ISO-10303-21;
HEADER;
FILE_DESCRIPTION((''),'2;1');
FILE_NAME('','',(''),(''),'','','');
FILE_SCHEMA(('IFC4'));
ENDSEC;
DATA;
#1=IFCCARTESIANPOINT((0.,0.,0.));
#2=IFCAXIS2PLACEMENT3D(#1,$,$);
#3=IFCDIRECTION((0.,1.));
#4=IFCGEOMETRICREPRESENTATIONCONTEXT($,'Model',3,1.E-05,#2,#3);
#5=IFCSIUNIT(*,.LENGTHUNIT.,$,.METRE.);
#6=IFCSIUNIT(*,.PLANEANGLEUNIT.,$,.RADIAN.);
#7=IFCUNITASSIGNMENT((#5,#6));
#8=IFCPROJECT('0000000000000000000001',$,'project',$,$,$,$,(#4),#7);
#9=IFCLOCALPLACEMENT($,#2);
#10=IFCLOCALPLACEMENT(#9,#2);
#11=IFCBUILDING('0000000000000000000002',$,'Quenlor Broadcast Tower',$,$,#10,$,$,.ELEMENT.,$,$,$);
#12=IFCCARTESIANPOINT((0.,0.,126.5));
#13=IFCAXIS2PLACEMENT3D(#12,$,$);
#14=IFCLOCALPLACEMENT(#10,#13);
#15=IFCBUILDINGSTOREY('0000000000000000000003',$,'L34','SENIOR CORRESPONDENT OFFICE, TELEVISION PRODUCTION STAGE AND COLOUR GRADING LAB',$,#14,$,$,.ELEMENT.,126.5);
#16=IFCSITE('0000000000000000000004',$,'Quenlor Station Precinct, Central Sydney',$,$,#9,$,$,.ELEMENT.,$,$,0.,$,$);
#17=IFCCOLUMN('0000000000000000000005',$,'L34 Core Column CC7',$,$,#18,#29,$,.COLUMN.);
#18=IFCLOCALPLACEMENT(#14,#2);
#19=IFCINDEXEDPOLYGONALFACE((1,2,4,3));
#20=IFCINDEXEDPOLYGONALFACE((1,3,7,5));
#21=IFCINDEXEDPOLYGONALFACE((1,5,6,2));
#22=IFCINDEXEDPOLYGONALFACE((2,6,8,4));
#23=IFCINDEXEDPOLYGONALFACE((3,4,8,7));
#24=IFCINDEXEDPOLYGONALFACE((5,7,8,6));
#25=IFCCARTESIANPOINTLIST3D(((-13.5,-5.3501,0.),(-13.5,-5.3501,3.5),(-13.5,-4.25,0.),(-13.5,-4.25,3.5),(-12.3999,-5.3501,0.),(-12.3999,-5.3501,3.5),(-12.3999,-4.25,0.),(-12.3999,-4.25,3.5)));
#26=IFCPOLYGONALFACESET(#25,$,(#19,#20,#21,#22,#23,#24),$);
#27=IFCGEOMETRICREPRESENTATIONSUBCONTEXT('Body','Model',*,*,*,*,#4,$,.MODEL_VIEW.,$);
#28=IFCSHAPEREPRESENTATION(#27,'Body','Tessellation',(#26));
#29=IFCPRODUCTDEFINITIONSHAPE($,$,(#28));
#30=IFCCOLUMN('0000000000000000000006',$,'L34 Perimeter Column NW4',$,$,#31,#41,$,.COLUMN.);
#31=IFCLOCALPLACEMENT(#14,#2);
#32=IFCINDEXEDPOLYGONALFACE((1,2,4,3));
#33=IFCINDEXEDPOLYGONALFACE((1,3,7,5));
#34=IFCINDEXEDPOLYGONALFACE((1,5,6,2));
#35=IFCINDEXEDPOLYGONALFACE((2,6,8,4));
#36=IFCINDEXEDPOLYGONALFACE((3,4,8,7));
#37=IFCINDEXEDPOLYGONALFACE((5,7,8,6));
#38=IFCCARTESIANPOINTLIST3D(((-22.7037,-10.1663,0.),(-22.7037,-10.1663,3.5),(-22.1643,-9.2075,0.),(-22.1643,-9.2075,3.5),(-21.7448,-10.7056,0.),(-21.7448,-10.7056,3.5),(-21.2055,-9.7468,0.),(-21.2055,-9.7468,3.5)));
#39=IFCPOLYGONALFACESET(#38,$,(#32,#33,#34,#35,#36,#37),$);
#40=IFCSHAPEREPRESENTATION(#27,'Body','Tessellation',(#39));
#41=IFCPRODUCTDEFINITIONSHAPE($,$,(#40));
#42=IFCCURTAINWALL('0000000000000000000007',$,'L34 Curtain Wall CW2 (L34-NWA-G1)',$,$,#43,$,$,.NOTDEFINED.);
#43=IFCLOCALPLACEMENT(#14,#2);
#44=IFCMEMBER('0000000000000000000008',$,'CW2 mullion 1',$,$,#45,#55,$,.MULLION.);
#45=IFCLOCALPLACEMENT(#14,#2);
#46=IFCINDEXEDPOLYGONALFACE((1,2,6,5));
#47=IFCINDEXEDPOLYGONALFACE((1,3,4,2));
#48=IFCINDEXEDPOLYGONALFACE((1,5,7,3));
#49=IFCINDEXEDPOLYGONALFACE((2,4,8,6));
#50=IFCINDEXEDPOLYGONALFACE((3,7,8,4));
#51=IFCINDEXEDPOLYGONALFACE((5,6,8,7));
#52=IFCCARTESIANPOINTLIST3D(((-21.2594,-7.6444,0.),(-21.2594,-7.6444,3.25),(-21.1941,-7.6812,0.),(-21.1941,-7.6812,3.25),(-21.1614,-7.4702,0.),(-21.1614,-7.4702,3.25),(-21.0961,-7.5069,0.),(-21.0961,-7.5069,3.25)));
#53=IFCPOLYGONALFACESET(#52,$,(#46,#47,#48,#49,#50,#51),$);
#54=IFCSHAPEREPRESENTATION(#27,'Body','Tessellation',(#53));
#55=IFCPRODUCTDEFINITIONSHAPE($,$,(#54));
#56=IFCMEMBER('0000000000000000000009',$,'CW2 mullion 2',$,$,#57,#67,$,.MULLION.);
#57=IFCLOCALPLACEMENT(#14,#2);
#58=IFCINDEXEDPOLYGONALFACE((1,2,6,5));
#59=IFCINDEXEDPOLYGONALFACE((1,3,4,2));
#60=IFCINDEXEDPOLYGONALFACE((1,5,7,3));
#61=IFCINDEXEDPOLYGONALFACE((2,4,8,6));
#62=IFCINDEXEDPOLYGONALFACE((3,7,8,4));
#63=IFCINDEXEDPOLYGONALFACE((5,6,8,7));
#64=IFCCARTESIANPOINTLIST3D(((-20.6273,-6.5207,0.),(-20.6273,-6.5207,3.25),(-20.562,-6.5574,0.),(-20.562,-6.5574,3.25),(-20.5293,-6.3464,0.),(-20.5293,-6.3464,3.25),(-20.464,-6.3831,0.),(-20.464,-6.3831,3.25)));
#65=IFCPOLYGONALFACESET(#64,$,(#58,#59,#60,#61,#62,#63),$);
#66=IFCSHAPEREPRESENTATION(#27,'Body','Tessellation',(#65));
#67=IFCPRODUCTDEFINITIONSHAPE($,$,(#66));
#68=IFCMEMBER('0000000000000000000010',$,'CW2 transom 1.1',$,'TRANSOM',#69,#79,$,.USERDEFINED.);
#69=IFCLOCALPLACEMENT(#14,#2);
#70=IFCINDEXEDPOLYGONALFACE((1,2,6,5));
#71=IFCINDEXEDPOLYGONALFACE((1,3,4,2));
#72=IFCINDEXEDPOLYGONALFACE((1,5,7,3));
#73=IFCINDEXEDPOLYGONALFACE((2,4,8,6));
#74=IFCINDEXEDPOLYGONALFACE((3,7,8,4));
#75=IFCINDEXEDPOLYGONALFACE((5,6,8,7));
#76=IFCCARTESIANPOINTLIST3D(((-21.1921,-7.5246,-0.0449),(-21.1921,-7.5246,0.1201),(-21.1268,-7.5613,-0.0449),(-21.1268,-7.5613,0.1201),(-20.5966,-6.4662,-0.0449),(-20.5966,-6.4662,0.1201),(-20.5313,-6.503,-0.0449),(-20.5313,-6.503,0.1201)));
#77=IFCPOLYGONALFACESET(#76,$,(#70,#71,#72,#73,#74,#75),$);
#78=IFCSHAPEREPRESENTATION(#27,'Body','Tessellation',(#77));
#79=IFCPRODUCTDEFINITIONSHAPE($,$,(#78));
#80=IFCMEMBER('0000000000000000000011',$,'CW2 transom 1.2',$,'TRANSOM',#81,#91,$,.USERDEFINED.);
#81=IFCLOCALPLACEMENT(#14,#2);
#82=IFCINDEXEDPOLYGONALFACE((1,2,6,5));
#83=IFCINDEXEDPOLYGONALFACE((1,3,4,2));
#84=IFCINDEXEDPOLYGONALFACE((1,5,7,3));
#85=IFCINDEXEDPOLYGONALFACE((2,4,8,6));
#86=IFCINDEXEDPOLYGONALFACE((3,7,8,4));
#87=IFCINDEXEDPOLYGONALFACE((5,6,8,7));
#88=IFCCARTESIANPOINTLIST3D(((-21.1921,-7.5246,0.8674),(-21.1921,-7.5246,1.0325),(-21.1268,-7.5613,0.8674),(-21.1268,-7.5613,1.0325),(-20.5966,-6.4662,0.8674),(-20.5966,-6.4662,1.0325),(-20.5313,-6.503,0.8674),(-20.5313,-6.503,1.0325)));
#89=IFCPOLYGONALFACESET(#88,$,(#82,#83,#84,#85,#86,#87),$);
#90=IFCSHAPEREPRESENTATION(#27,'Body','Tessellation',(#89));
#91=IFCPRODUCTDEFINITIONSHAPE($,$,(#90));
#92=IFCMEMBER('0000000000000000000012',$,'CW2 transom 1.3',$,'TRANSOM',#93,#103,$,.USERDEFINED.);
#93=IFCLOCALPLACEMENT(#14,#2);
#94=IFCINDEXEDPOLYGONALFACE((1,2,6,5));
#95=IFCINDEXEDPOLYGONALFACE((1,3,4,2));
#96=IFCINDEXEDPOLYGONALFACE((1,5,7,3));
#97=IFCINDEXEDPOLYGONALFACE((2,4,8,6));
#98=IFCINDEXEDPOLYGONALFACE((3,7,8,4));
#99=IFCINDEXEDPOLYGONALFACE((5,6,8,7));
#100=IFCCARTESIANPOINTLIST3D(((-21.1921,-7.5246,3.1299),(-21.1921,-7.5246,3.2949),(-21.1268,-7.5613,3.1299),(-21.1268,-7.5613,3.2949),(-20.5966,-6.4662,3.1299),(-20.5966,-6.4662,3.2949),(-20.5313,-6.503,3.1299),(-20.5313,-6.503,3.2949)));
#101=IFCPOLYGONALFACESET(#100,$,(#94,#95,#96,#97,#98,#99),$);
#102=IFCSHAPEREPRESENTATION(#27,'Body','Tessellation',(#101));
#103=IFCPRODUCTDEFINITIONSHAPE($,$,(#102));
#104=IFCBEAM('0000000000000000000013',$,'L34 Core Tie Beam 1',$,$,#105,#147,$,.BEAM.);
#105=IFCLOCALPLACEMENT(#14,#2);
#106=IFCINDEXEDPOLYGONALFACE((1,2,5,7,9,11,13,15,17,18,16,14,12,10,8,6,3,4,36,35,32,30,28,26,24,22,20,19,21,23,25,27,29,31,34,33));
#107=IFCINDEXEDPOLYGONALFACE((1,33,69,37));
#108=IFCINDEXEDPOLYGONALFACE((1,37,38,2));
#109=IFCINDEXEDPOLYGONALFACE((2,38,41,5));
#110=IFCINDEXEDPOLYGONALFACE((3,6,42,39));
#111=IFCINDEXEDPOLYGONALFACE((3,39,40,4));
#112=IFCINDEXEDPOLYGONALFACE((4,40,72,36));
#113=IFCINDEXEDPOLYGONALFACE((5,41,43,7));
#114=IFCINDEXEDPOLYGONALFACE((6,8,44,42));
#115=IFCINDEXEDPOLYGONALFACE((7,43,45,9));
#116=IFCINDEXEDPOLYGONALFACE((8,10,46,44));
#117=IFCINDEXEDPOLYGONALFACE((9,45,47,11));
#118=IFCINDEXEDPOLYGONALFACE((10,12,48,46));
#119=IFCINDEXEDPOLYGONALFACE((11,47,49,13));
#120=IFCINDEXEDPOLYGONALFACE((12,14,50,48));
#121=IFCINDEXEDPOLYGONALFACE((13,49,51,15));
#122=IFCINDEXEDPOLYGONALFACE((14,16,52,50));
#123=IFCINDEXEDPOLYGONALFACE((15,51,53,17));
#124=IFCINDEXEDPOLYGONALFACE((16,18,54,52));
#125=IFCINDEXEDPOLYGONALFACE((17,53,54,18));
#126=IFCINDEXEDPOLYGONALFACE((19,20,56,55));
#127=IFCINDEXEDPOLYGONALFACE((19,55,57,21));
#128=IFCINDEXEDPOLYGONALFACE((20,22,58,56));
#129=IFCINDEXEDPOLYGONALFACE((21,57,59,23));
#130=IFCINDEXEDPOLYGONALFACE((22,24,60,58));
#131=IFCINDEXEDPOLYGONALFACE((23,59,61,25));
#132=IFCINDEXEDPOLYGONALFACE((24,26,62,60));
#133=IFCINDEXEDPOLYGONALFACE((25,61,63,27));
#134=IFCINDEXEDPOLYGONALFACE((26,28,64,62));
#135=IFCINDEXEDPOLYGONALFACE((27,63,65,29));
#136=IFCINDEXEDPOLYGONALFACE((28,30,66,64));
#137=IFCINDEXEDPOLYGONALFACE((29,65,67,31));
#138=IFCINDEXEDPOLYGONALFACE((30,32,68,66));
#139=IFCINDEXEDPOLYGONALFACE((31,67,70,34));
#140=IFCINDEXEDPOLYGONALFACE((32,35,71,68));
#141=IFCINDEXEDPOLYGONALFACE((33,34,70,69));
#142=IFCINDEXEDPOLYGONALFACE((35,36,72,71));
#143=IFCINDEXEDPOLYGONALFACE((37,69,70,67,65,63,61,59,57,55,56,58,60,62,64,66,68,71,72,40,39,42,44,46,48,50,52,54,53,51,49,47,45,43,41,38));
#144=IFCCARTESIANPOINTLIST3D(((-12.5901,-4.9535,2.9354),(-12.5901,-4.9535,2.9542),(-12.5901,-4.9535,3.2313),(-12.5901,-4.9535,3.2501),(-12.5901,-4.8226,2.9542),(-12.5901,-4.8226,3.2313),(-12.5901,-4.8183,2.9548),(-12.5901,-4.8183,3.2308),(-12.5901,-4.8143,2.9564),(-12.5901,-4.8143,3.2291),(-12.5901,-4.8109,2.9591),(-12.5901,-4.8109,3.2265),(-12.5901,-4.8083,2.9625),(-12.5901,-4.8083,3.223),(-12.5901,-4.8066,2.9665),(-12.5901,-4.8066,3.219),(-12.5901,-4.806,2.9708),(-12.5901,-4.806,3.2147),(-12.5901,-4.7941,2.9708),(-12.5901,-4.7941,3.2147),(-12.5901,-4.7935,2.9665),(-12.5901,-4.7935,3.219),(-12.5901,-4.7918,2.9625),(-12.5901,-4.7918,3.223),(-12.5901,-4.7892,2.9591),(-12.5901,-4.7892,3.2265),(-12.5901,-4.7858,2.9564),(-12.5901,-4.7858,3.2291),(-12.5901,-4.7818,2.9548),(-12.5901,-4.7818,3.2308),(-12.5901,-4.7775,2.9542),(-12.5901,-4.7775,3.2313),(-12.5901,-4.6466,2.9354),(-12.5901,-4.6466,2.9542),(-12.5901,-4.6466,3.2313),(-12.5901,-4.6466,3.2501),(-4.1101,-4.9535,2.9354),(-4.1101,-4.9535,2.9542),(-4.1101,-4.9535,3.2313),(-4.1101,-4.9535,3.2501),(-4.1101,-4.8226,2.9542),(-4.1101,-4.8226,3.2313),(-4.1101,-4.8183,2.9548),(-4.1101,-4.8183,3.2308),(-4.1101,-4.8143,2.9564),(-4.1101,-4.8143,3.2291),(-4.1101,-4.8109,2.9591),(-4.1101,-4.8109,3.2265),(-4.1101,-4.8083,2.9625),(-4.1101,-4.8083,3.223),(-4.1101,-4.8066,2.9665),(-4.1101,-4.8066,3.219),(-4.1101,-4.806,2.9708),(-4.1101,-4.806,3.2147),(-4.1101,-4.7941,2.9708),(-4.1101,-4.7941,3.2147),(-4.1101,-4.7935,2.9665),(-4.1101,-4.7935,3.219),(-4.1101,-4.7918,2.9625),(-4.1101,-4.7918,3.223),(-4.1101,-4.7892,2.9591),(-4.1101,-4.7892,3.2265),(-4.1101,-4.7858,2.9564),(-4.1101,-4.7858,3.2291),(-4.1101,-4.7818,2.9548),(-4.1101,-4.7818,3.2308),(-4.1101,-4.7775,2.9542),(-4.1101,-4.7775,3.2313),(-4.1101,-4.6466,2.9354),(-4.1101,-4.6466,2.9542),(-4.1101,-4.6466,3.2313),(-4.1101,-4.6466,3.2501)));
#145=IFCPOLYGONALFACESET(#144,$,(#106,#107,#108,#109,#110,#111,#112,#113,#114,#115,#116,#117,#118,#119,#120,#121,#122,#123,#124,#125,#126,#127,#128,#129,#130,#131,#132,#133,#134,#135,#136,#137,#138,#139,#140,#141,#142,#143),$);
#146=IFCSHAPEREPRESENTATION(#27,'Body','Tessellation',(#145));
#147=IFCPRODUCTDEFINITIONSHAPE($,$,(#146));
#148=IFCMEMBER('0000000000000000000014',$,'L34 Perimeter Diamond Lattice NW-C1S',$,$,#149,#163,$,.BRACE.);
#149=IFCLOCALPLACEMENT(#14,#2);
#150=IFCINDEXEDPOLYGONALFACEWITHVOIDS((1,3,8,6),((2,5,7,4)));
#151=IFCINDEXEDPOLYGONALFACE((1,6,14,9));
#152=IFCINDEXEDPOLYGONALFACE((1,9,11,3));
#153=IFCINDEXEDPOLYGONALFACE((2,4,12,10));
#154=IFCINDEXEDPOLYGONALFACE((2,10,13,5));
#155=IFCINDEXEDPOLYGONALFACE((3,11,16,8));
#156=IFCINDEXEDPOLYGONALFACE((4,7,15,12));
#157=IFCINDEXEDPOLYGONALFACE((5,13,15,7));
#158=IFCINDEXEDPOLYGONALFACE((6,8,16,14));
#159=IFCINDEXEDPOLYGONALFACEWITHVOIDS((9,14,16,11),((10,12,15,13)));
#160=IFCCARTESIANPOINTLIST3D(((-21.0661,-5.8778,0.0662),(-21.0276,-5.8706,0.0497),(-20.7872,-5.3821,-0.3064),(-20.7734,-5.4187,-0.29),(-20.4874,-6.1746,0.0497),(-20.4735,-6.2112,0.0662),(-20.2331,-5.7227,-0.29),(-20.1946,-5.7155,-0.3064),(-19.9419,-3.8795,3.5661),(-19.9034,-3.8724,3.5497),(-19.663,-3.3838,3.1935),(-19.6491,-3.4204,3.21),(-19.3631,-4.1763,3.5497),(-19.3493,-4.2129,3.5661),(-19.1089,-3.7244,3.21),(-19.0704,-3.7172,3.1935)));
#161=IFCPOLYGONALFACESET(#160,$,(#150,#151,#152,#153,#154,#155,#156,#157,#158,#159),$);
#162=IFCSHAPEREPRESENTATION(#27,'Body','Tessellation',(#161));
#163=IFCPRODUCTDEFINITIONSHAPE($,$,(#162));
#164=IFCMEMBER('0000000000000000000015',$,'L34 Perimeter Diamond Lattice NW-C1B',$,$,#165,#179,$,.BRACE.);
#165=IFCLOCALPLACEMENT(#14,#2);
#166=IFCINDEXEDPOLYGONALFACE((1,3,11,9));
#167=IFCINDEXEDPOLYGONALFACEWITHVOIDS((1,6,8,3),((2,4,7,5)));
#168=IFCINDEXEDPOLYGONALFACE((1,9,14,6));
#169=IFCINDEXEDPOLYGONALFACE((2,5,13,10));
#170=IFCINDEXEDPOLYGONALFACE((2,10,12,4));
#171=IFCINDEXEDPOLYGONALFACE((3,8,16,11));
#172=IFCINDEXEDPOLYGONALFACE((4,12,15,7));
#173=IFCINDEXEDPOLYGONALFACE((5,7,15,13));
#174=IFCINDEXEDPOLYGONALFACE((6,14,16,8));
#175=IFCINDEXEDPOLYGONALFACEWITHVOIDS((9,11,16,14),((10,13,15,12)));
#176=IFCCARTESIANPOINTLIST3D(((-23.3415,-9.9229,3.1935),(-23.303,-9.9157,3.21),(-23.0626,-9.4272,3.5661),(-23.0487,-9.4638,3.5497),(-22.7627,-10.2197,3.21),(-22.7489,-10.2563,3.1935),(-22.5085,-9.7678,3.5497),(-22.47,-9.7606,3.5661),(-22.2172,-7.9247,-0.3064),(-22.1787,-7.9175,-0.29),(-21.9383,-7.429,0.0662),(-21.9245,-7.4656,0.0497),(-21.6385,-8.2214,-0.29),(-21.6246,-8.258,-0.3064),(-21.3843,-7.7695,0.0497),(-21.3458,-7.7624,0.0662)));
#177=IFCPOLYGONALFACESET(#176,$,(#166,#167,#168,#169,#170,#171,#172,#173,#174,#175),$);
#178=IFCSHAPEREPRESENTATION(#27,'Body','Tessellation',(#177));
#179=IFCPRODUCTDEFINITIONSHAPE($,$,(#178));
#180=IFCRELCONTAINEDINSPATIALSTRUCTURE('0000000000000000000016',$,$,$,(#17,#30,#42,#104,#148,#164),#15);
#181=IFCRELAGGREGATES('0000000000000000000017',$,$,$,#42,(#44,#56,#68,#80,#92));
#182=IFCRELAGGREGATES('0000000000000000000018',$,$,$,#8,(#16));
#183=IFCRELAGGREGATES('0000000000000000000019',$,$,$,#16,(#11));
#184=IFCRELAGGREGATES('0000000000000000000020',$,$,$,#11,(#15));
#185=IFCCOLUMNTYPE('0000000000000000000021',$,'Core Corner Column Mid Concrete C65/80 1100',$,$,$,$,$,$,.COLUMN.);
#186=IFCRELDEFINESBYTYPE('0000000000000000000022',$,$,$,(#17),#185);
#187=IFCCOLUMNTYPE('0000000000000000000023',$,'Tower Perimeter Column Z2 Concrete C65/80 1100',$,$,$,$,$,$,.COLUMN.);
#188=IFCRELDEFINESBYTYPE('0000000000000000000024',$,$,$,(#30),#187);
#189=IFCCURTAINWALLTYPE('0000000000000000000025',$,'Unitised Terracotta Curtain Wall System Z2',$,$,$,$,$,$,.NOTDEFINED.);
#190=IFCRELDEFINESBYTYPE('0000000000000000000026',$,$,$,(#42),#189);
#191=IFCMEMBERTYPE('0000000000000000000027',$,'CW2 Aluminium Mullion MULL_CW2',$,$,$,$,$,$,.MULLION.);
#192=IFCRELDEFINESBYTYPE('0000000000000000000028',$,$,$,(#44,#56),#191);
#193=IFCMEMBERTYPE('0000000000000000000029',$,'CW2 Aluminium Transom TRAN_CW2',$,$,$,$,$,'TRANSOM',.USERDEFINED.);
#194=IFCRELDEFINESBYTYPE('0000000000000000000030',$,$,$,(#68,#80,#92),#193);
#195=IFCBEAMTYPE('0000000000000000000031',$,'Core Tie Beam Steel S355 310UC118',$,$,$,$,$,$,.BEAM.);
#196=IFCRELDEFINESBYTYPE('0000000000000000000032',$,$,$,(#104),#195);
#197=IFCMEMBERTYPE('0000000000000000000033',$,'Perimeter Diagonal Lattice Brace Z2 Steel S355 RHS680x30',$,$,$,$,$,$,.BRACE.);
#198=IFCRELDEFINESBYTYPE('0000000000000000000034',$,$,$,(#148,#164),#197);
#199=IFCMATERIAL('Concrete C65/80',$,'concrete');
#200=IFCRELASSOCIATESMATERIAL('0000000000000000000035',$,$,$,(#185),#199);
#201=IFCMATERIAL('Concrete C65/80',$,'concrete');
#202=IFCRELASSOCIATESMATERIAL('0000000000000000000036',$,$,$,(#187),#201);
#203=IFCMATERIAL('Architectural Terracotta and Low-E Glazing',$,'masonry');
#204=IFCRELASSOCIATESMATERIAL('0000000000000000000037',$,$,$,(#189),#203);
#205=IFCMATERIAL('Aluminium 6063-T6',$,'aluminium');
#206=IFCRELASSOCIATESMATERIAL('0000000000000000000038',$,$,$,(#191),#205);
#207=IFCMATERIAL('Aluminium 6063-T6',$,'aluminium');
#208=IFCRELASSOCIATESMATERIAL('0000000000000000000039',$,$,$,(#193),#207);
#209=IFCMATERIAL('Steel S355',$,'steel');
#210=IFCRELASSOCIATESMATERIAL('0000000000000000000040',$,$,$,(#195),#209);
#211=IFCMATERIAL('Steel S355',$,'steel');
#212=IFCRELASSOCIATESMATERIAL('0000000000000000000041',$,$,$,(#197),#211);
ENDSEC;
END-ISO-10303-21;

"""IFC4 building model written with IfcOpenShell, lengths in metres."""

from ifc_helpers import new_model, si_unit, direction, frame, origin, origin_2d, place, context, subcontext, project, spatial, rectangle, hollow_rectangle, i_section, extrude, material, material_profile, profile_set, type_object, element, aggregate, save


model = new_model("IFC4")

# Units and contexts
model_context = context("Model", 3, precision=1e-05, world=origin(), true_north=direction((0.0, 1.0)))
body_context = subcontext(model_context, "Body", "Model", "MODEL_VIEW")
ifc_project = project(units=[si_unit("LENGTHUNIT", "METRE"), si_unit("PLANEANGLEUNIT", "RADIAN")], contexts=[model_context])

# Site, building, storey
site_placement = place(None, origin())
site = spatial("IfcSite", under=ifc_project, at=site_placement, Name="Quenlor Station Precinct, Central Sydney", CompositionType="ELEMENT", RefElevation=0.0)
building_placement = place(site_placement, origin())
building = spatial("IfcBuilding", under=site, at=building_placement, Name="Quenlor Broadcast Tower", CompositionType="ELEMENT")
storey_placement = place(building_placement, frame((0.0, 0.0, 126.5)))
storey = spatial("IfcBuildingStorey", under=building, at=storey_placement, Name="L34", Description="SENIOR CORRESPONDENT OFFICE, TELEVISION PRODUCTION STAGE AND COLOUR GRADING LAB", CompositionType="ELEMENT", Elevation=126.5)

# Columns
ifc_material_1 = material(Name="Concrete C65/80", Category="concrete")
ifc_material_profile_1 = material_profile(ifc_material_1, rectangle(XDim=1.1001, YDim=1.1001, at=origin_2d()))
ifc_profile_set_1 = profile_set([ifc_material_profile_1], Name="Concrete C65/80 RC1100x1100")
column_type_1 = type_object("IfcColumnType", Name="Core Corner Column Mid Concrete C65/80 1100", PredefinedType="COLUMN", material=ifc_profile_set_1)
column_1_placement = place(storey_placement, frame((-12.95, -4.8, 0.0), z_axis=(0.0, 0.0, 1.0), x_axis=(1.0, 0.0, 0.0)))
element("IfcColumn", 1, at=column_1_placement, inside=storey, type_object=column_type_1, Name="L34 Core Column CC7", PredefinedType="COLUMN", context=body_context, shape_type="SweptSolid", body=[
    extrude(rectangle(XDim=1.1001, YDim=1.1001, at=origin_2d()), origin(), (0.0, 0.0, 1.0), 3.5),
])
ifc_material_2 = material(Name="Concrete C65/80", Category="concrete")
ifc_material_profile_2 = material_profile(ifc_material_2, rectangle(XDim=1.1001, YDim=1.1001, at=origin_2d()))
ifc_profile_set_2 = profile_set([ifc_material_profile_2], Name="Concrete C65/80 RC1100x1100")
column_type_2 = type_object("IfcColumnType", Name="Tower Perimeter Column Z2 Concrete C65/80 1100", PredefinedType="COLUMN", material=ifc_profile_set_2)
column_2_placement = place(storey_placement, frame((-21.9546, -9.9565, 0.0), z_axis=(0.0, 0.0, 1.0), x_axis=(-0.871575, 0.490262, 0.0)))
element("IfcColumn", 2, at=column_2_placement, inside=storey, type_object=column_type_2, Name="L34 Perimeter Column NW4", PredefinedType="COLUMN", context=body_context, shape_type="SweptSolid", body=[
    extrude(rectangle(XDim=1.1001, YDim=1.1001, at=origin_2d()), origin(), (0.0, 0.0, 1.0), 3.5),
])

# Curtain wall, members
ifc_material_3 = material(Name="Architectural Terracotta and Low-E Glazing", Category="masonry")
curtain_wall_type = type_object("IfcCurtainWallType", Name="Unitised Terracotta Curtain Wall System Z2", PredefinedType="NOTDEFINED", material=ifc_material_3)
curtain_wall_placement = place(storey_placement, origin())
curtain_wall = element("IfcCurtainWall", 3, at=curtain_wall_placement, inside=storey, type_object=curtain_wall_type, Name="L34 Curtain Wall CW2 (L34-NWA-G1)", PredefinedType="NOTDEFINED")
ifc_material_4 = material(Name="Aluminium 6063-T6", Category="aluminium")
ifc_material_profile_3 = material_profile(ifc_material_4, rectangle(XDim=0.075, YDim=0.2, at=origin_2d()))
ifc_profile_set_3 = profile_set([ifc_material_profile_3], Name="Aluminium 6063-T6 MULL75x200")
member_type_1 = type_object("IfcMemberType", Name="CW2 Aluminium Mullion MULL_CW2", PredefinedType="MULLION", material=ifc_profile_set_3)
member_1_placement = place(storey_placement, frame((-21.1777, -7.5757, 0.0), z_axis=(0.0, 0.0, 1.0), x_axis=(-0.871566, 0.490279, 0.0)))
member_1 = element("IfcMember", 4, at=member_1_placement, type_object=member_type_1, Name="CW2 mullion 1", PredefinedType="MULLION", context=body_context, shape_type="SweptSolid", body=[
    extrude(rectangle(XDim=0.075, YDim=0.2, at=origin_2d()), origin(), (0.0, 0.0, 1.0), 3.25),
])
member_2_placement = place(storey_placement, frame((-20.5457, -6.4519, 0.0), z_axis=(0.0, 0.0, 1.0), x_axis=(-0.871566, 0.490279, 0.0)))
member_2 = element("IfcMember", 5, at=member_2_placement, type_object=member_type_1, Name="CW2 mullion 2", PredefinedType="MULLION", context=body_context, shape_type="SweptSolid", body=[
    extrude(rectangle(XDim=0.075, YDim=0.2, at=origin_2d()), origin(), (0.0, 0.0, 1.0), 3.25),
])
ifc_material_5 = material(Name="Aluminium 6063-T6", Category="aluminium")
ifc_material_profile_4 = material_profile(ifc_material_5, rectangle(XDim=0.075, YDim=0.165, at=origin_2d()))
ifc_profile_set_4 = profile_set([ifc_material_profile_4], Name="Aluminium 6063-T6 TRAN75x165")
member_type_2 = type_object("IfcMemberType", Name="CW2 Aluminium Transom TRAN_CW2", ElementType="TRANSOM", PredefinedType="USERDEFINED", material=ifc_profile_set_4)
member_3_placement = place(storey_placement, frame((-21.1594, -7.543, 0.0376), z_axis=(0.490347, 0.871527, 0.0), x_axis=(-0.871527, 0.490347, 0.0)))
member_3 = element("IfcMember", 6, at=member_3_placement, type_object=member_type_2, Name="CW2 transom 1.1", ObjectType="TRANSOM", PredefinedType="USERDEFINED", context=body_context, shape_type="SweptSolid", body=[
    extrude(rectangle(XDim=0.075, YDim=0.165, at=origin_2d()), origin(), (0.0, 0.0, 1.0), 1.2144),
])
member_4_placement = place(storey_placement, frame((-21.1594, -7.543, 0.95), z_axis=(0.490347, 0.871527, 0.0), x_axis=(-0.871527, 0.490347, 0.0)))
member_4 = element("IfcMember", 7, at=member_4_placement, type_object=member_type_2, Name="CW2 transom 1.2", ObjectType="TRANSOM", PredefinedType="USERDEFINED", context=body_context, shape_type="SweptSolid", body=[
    extrude(rectangle(XDim=0.075, YDim=0.165, at=origin_2d()), origin(), (0.0, 0.0, 1.0), 1.2144),
])
member_5_placement = place(storey_placement, frame((-21.1594, -7.543, 3.2124), z_axis=(0.490347, 0.871527, 0.0), x_axis=(-0.871527, 0.490347, 0.0)))
member_5 = element("IfcMember", 8, at=member_5_placement, type_object=member_type_2, Name="CW2 transom 1.3", ObjectType="TRANSOM", PredefinedType="USERDEFINED", context=body_context, shape_type="SweptSolid", body=[
    extrude(rectangle(XDim=0.075, YDim=0.165, at=origin_2d()), origin(), (0.0, 0.0, 1.0), 1.2144),
])

# Beam
ifc_material_6 = material(Name="Steel S355", Category="steel")
ifc_material_profile_5 = material_profile(ifc_material_6, i_section(OverallWidth=0.3069, OverallDepth=0.3147, WebThickness=0.012, FlangeThickness=0.0188, FilletRadius=0.0166, at=origin_2d()))
ifc_profile_set_5 = profile_set([ifc_material_profile_5], Name="Steel S355 310UC118")
beam_type_1 = type_object("IfcBeamType", Name="Core Tie Beam Steel S355 310UC118", PredefinedType="BEAM", material=ifc_profile_set_5)
beam_1_placement = place(storey_placement, frame((-12.5901, -4.8, 3.0928), z_axis=(1.0, 0.0, 0.0), x_axis=(0.0, 1.0, 0.0)))
element("IfcBeam", 9, at=beam_1_placement, inside=storey, type_object=beam_type_1, Name="L34 Core Tie Beam 1", PredefinedType="BEAM", context=body_context, shape_type="SweptSolid", body=[
    extrude(i_section(OverallWidth=0.3069, OverallDepth=0.3147, WebThickness=0.012, FlangeThickness=0.0188, FilletRadius=0.0166, at=origin_2d()), origin(), (0.0, 0.0, 1.0), 8.48),
])

# Members
ifc_material_7 = material(Name="Steel S355", Category="steel")
ifc_material_profile_6 = material_profile(ifc_material_7, hollow_rectangle(XDim=0.6799, YDim=0.6799, WallThickness=0.03, at=origin_2d()))
ifc_profile_set_6 = profile_set([ifc_material_profile_6], Name="Steel S355 RHS680x680x30")
member_type_3 = type_object("IfcMemberType", Name="Perimeter Diagonal Lattice Brace Z2 Steel S355 RHS680x30", PredefinedType="BRACE", material=ifc_profile_set_6)
for number, where, z_axis, x_axis, name in (
    (10, (-20.6304, -5.7966, -0.1201), (0.268697, 0.477585, 0.836489), (-0.871533, 0.490337, 0.0), "L34 Perimeter Diamond Lattice NW-C1S"),
    (11, (-21.7815, -7.8435, -0.1201), (-0.268697, -0.477585, 0.836489), (0.871533, -0.490337, 0.0), "L34 Perimeter Diamond Lattice NW-C1B"),
):
    element("IfcMember", number, at=place(storey_placement, frame(where, z_axis=z_axis, x_axis=x_axis)), inside=storey, type_object=member_type_3, Name=name, PredefinedType="BRACE", context=body_context, shape_type="SweptSolid", body=[
        extrude(hollow_rectangle(XDim=0.6799, YDim=0.6799, WallThickness=0.03, at=origin_2d()), origin(), (0.0, 0.0, 1.0), 4.1841),
    ])

aggregate(curtain_wall, [member_1, member_2, member_3, member_4, member_5])

save(model, "model.ifc")
